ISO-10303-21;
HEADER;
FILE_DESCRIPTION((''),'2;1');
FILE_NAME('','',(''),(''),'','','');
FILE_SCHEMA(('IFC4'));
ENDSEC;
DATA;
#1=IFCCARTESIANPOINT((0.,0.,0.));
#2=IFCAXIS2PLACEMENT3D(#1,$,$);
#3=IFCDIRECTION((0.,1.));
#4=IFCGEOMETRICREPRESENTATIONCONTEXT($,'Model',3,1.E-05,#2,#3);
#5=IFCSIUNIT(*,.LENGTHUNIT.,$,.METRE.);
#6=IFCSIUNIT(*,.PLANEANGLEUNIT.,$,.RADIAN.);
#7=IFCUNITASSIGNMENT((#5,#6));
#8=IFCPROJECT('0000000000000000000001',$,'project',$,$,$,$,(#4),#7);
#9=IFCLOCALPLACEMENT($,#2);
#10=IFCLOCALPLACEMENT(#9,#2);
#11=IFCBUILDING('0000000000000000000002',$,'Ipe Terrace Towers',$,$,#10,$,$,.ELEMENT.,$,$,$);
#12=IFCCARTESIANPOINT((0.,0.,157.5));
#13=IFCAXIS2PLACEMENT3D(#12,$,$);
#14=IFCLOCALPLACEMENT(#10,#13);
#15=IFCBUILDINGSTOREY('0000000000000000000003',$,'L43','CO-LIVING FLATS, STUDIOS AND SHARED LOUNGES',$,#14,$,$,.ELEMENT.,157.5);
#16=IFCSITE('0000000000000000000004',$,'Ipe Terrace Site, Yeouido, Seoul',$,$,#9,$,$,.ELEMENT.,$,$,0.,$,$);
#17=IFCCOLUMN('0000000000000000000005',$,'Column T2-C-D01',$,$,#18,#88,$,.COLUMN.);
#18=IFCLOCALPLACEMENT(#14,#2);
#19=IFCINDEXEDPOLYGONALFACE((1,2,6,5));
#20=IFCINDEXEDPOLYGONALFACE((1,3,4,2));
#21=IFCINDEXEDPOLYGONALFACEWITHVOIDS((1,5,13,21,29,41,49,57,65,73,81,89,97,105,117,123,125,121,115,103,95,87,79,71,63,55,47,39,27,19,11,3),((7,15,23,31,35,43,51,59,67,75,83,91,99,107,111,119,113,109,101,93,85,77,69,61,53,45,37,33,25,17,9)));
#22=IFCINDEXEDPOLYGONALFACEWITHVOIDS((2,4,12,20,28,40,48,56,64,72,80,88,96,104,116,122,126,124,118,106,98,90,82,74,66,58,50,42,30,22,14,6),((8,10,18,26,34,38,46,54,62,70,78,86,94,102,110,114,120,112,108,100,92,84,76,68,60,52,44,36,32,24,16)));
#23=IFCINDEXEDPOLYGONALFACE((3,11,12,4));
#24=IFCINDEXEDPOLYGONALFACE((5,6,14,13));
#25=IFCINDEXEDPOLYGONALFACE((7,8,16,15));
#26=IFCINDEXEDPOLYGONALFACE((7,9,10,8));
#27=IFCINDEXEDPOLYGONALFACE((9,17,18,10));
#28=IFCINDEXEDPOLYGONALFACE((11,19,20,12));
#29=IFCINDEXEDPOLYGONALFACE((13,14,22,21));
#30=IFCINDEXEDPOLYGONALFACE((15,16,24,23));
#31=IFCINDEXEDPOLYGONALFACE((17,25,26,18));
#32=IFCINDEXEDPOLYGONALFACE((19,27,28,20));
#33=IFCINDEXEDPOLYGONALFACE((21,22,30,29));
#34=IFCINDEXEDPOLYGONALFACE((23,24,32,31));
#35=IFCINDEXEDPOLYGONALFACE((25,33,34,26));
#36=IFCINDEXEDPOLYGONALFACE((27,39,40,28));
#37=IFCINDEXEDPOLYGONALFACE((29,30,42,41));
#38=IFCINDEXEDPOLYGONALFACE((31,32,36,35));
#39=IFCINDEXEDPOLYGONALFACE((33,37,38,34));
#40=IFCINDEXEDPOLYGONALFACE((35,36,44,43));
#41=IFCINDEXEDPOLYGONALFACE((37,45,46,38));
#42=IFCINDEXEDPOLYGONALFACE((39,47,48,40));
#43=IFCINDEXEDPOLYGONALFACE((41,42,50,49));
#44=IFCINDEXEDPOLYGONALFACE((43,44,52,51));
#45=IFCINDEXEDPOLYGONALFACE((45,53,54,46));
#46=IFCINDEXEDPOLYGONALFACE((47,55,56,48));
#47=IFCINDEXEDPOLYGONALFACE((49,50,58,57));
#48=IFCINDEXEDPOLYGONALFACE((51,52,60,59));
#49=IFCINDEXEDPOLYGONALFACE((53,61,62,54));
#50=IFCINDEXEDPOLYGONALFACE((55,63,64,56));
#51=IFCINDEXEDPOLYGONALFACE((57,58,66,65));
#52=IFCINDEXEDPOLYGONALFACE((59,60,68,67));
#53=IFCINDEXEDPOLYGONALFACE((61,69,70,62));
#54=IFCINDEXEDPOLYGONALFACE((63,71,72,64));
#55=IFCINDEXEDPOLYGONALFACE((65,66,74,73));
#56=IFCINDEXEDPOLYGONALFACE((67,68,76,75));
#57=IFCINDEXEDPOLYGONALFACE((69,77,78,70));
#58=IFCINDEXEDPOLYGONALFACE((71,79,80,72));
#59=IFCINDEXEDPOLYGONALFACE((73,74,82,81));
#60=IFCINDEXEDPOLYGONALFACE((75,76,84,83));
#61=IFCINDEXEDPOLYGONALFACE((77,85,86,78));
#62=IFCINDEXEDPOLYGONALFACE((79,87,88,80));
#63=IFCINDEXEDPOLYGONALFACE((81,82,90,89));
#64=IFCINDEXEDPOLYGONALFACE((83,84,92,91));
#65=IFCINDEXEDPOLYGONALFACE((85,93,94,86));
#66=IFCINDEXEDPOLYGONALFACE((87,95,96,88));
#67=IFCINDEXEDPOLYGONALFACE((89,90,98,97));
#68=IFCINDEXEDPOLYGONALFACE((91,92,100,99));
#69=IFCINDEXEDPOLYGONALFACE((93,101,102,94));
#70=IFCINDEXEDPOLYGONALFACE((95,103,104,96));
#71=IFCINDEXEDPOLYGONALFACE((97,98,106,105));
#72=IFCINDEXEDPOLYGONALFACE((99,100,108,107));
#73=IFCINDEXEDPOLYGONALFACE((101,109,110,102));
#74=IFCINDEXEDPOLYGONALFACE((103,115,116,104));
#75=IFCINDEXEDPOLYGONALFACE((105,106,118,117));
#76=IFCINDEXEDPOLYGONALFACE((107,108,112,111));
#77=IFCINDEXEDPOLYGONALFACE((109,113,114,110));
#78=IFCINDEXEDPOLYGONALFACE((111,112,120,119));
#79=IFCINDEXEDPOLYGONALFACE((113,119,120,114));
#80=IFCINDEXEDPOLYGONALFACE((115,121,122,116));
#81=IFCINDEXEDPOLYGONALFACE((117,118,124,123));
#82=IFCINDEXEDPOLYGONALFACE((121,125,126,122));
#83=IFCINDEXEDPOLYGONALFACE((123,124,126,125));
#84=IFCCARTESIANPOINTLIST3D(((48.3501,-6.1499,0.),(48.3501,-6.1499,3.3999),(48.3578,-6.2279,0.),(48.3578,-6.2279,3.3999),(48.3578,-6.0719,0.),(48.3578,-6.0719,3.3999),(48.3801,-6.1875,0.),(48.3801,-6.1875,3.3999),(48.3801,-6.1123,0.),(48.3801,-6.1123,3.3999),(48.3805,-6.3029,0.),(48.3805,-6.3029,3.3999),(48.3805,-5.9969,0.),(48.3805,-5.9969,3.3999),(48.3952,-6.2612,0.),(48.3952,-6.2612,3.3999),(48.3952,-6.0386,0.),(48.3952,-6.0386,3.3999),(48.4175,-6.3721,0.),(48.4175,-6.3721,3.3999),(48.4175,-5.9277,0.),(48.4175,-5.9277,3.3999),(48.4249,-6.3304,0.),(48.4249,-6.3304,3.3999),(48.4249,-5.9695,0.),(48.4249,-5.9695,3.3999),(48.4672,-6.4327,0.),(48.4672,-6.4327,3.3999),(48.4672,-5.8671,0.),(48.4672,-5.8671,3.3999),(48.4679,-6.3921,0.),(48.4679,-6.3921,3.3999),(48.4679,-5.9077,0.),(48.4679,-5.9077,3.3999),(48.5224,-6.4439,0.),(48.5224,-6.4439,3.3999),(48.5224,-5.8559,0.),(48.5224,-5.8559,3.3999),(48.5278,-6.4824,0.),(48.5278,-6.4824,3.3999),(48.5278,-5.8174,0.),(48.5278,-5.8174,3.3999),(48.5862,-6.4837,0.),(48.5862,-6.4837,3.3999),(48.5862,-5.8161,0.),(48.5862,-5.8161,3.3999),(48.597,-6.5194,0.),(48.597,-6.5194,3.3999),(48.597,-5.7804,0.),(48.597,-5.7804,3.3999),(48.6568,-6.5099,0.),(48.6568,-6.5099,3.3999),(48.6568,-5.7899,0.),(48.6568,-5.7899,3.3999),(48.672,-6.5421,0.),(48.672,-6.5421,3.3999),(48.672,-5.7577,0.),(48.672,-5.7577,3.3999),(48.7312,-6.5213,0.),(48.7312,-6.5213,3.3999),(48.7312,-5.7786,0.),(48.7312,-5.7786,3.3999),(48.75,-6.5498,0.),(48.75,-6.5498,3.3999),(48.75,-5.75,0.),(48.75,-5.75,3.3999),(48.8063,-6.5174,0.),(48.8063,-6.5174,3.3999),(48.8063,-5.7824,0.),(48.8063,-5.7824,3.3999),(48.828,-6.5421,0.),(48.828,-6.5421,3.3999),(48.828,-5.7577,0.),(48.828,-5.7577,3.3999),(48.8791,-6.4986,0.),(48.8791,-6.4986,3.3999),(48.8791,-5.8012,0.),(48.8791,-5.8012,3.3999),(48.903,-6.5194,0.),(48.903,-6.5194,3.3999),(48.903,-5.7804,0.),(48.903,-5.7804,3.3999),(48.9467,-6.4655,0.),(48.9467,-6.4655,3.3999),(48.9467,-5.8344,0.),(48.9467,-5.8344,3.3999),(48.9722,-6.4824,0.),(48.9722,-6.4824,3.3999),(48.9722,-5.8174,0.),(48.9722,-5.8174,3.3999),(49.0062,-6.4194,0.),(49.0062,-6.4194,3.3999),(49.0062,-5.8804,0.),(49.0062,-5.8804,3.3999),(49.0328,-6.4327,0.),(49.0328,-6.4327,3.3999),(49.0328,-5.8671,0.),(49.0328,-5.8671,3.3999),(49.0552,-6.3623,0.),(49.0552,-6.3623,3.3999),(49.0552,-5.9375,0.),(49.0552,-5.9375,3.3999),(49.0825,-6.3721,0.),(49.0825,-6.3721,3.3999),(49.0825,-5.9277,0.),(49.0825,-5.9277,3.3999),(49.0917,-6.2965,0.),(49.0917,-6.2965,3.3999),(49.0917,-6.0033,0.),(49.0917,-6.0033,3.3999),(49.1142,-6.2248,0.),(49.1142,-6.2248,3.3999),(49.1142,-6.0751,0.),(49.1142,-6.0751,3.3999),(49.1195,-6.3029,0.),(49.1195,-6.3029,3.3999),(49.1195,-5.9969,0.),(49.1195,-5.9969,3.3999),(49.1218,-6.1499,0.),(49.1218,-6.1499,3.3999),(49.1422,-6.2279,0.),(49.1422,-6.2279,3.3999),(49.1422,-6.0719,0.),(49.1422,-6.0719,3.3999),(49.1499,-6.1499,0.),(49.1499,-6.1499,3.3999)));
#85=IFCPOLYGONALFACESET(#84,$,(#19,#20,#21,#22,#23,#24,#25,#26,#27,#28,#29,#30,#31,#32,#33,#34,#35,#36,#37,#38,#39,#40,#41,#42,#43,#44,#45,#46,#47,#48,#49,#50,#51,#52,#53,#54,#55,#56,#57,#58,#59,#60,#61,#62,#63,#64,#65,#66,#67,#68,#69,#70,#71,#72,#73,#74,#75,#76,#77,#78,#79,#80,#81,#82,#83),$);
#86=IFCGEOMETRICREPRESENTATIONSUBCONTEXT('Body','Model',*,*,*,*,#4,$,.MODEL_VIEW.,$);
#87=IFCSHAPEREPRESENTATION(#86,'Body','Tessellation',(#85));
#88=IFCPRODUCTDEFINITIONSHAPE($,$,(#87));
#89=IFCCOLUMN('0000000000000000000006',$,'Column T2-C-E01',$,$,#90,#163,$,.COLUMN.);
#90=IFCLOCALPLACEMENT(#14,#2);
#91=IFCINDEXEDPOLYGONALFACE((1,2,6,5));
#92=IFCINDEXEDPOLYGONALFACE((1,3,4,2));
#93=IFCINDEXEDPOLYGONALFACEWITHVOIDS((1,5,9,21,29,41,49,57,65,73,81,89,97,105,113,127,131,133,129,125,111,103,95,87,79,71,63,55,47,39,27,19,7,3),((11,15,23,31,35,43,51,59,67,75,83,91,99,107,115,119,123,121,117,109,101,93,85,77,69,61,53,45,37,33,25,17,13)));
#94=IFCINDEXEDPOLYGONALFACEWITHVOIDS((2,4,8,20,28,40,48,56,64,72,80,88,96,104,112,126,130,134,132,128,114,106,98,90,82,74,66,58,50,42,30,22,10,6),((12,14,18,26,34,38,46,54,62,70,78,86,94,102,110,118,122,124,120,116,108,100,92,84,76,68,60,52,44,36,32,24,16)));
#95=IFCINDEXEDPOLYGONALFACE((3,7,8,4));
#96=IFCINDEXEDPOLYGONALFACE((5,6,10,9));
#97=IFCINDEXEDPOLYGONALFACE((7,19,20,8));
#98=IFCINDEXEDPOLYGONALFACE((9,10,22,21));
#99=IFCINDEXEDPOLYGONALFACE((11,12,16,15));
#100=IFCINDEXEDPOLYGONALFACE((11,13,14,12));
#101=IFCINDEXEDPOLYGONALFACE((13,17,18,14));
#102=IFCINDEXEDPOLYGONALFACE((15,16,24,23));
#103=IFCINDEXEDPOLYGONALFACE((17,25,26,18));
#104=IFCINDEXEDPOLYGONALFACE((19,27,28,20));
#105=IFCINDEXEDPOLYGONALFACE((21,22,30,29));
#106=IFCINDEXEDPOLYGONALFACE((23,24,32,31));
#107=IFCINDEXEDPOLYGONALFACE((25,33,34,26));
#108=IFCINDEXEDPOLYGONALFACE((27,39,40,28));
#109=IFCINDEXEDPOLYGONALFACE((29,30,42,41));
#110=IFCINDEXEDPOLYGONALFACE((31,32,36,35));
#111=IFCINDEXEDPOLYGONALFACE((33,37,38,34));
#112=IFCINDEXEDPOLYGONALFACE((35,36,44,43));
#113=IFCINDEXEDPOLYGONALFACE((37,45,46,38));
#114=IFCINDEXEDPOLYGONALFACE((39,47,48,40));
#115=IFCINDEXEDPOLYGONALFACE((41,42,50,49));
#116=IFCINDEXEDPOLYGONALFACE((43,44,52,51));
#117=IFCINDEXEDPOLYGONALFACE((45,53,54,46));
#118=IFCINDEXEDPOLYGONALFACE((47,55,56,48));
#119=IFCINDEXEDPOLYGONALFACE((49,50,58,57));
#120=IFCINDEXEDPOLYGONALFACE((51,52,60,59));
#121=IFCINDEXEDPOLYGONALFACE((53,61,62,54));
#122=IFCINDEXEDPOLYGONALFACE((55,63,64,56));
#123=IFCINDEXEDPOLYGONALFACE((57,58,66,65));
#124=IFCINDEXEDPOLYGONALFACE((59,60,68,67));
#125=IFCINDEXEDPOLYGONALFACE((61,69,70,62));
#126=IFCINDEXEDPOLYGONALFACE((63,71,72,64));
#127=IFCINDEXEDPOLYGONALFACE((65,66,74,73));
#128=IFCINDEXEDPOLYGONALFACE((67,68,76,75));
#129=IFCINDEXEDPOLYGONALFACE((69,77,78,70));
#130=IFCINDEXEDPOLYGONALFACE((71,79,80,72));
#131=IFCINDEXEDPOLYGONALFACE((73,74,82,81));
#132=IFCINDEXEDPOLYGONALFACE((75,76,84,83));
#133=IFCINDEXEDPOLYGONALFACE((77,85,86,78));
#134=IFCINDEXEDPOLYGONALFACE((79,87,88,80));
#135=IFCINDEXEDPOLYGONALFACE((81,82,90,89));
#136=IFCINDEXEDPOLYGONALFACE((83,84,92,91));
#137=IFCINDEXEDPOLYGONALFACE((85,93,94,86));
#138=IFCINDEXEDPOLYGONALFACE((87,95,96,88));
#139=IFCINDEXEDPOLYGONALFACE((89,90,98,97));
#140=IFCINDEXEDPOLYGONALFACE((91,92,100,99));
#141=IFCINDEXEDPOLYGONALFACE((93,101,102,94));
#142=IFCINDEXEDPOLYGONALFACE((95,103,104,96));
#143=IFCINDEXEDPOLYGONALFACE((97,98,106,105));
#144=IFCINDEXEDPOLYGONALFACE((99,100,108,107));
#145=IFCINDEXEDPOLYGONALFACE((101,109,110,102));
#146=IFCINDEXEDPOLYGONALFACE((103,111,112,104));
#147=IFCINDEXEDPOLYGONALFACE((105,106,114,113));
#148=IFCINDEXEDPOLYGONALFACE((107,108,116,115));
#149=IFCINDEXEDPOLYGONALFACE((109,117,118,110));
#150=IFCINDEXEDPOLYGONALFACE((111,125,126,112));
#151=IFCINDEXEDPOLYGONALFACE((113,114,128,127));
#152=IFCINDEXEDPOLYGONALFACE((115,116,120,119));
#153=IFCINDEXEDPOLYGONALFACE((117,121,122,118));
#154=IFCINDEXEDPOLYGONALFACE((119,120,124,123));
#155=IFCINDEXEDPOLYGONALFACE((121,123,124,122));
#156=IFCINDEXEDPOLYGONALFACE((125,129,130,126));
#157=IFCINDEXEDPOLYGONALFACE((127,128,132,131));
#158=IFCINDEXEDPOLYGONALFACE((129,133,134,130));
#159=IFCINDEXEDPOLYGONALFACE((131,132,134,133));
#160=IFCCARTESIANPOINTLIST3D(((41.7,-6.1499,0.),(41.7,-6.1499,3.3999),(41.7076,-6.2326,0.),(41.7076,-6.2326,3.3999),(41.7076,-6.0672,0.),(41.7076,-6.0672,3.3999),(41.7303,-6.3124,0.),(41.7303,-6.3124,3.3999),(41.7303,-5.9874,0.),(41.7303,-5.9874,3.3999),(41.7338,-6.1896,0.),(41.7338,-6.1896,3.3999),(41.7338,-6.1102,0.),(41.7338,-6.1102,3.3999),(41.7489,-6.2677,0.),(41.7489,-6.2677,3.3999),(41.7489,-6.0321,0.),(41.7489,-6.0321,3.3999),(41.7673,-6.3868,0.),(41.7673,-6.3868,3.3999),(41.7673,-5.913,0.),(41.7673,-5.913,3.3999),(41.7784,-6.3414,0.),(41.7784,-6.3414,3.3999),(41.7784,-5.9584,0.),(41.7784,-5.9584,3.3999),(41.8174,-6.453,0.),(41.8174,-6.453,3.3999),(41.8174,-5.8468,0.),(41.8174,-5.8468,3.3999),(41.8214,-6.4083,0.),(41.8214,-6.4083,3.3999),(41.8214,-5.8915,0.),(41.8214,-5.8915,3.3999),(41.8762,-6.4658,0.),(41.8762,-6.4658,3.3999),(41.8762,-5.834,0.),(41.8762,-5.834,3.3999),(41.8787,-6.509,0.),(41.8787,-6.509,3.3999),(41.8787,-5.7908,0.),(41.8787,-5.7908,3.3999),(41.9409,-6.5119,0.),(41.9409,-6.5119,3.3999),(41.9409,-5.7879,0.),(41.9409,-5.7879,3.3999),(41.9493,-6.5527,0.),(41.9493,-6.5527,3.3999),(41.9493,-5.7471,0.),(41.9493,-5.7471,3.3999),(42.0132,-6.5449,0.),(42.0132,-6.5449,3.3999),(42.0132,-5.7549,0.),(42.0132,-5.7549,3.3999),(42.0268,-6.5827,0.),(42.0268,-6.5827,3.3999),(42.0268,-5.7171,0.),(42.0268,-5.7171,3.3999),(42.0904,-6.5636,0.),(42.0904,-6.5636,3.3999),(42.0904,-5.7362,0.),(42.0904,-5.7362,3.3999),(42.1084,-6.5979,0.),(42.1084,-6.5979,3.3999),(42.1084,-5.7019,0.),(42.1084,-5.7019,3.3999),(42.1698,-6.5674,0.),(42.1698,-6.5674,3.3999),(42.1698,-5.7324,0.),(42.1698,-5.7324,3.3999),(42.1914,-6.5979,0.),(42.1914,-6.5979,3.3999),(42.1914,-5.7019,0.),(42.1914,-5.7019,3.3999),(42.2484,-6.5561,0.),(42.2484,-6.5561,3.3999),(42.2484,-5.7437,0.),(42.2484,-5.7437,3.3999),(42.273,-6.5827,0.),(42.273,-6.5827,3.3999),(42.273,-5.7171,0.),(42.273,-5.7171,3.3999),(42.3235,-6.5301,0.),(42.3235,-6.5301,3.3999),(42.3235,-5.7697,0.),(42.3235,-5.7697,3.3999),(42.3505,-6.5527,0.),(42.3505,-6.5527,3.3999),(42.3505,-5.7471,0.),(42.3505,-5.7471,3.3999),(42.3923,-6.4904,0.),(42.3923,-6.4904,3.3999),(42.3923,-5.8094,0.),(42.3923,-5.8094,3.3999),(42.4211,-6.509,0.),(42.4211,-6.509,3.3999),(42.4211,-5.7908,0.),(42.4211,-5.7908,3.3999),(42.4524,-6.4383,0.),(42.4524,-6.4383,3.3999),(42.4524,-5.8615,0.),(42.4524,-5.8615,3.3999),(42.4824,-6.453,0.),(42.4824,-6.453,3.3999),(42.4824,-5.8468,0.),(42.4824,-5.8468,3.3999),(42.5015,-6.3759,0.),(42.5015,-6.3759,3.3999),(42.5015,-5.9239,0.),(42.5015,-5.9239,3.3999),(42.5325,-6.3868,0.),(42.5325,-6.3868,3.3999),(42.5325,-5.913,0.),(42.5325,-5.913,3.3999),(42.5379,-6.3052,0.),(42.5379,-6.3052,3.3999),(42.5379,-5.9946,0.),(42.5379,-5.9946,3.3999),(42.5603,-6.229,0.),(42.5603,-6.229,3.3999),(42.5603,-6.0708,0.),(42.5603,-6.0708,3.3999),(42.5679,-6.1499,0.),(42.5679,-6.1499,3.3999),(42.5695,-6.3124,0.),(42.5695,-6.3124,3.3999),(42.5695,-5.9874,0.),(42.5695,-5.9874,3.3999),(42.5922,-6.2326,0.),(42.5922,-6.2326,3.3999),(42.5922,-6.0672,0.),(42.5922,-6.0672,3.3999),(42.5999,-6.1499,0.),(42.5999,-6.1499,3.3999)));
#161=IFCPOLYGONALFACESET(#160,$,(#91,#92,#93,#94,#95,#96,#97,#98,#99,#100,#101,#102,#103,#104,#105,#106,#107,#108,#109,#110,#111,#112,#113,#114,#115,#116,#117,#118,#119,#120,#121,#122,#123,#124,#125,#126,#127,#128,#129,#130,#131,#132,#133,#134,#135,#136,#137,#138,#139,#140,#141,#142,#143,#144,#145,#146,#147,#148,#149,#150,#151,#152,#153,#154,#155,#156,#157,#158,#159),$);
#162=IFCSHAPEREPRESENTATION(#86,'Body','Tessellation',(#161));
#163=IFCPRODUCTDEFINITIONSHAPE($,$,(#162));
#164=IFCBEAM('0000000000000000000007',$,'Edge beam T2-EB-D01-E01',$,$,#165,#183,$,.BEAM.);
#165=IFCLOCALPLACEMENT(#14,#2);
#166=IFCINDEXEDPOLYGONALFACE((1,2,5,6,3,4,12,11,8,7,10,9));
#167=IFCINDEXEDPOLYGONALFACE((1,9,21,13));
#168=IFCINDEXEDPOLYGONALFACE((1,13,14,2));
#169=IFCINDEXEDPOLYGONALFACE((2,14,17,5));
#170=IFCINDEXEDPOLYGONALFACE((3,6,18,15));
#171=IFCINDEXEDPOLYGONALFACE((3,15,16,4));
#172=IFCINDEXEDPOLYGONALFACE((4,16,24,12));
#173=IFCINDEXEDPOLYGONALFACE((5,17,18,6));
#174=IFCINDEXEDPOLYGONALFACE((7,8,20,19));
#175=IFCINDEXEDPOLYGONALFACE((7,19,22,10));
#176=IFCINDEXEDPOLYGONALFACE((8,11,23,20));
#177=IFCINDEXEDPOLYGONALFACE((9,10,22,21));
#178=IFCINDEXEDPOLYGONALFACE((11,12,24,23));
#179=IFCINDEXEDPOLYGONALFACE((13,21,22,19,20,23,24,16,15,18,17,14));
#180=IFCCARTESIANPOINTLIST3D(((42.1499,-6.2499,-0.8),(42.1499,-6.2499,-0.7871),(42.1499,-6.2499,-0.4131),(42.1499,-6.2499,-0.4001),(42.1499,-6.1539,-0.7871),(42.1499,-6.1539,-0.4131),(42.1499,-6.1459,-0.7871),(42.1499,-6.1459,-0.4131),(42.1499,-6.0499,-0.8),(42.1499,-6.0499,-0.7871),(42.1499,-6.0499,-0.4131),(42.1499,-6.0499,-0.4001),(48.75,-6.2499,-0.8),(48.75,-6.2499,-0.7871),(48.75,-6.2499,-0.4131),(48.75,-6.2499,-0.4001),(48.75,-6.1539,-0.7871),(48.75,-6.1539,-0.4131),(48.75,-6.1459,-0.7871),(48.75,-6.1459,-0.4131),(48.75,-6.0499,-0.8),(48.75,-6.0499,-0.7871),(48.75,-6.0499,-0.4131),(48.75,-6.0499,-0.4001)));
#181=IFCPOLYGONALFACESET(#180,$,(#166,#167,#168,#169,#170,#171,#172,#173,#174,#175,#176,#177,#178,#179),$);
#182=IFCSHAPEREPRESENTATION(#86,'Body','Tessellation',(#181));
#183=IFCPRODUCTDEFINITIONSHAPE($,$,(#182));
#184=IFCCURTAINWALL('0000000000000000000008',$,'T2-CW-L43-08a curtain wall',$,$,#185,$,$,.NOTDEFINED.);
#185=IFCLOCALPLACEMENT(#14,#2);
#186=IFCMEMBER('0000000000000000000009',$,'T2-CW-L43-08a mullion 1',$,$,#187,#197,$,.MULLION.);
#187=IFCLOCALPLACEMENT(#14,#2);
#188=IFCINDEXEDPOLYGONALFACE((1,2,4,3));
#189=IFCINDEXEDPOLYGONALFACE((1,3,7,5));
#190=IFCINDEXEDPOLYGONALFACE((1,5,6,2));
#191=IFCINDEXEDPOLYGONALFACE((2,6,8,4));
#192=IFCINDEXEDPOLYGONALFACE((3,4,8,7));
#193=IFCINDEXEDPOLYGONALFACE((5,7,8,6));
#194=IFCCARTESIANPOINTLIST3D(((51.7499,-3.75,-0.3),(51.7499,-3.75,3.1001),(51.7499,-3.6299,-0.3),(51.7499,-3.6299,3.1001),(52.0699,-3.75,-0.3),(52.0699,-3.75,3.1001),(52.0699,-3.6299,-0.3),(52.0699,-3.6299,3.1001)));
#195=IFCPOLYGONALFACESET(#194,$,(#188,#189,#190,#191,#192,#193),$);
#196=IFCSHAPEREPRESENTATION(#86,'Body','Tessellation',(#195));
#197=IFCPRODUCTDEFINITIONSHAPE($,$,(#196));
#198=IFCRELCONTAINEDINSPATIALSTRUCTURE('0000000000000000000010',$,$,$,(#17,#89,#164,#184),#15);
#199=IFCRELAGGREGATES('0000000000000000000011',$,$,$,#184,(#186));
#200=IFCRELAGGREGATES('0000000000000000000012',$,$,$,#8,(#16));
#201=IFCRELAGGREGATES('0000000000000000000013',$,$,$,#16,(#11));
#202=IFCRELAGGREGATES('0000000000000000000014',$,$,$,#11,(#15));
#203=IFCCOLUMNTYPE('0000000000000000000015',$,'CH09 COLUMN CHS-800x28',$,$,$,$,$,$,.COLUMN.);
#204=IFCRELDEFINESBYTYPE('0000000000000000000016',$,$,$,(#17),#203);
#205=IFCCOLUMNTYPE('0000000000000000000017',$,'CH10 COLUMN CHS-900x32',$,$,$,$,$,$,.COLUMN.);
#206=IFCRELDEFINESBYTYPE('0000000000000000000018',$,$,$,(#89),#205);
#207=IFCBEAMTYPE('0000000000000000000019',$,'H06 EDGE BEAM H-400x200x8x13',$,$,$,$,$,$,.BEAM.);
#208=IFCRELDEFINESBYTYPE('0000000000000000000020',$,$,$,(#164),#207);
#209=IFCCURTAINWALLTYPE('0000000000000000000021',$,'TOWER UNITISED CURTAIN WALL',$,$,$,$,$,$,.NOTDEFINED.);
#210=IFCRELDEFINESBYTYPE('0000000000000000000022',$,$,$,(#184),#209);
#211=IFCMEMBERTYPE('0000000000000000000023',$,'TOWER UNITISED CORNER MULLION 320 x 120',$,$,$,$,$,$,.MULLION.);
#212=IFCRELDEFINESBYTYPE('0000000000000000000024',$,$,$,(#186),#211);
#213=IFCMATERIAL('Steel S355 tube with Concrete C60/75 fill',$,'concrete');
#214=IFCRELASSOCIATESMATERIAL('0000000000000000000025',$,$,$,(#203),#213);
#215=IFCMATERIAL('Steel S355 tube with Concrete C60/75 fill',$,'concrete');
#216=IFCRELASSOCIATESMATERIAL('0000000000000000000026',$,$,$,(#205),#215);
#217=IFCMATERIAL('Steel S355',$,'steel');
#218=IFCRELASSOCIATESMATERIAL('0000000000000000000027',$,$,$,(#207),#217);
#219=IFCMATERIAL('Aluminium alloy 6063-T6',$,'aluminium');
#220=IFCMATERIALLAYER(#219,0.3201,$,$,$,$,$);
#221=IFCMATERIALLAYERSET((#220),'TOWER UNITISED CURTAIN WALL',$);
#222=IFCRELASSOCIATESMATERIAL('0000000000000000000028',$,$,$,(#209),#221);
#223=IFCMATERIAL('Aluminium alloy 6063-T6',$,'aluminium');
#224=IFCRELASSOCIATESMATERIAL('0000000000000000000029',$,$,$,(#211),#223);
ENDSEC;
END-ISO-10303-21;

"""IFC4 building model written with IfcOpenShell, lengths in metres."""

from ifc_helpers import new_model, si_unit, direction, frame, origin, origin_2d, place, context, subcontext, project, spatial, rectangle, hollow_circle, i_section, extrude, material, layer, layer_set, material_profile, profile_set, type_object, element, aggregate, save


model = new_model("IFC4")

# Units and contexts
model_context = context("Model", 3, precision=1e-05, world=origin(), true_north=direction((0.0, 1.0)))
body_context = subcontext(model_context, "Body", "Model", "MODEL_VIEW")
ifc_project = project(units=[si_unit("LENGTHUNIT", "METRE"), si_unit("PLANEANGLEUNIT", "RADIAN")], contexts=[model_context])

# Site, building, storey
site_placement = place(None, origin())
site = spatial("IfcSite", under=ifc_project, at=site_placement, Name="Ipe Terrace Site, Yeouido, Seoul", CompositionType="ELEMENT", RefElevation=0.0)
building_placement = place(site_placement, origin())
building = spatial("IfcBuilding", under=site, at=building_placement, Name="Ipe Terrace Towers", CompositionType="ELEMENT")
storey_placement = place(building_placement, frame((0.0, 0.0, 157.5)))
storey = spatial("IfcBuildingStorey", under=building, at=storey_placement, Name="L43", Description="CO-LIVING FLATS, STUDIOS AND SHARED LOUNGES", CompositionType="ELEMENT", Elevation=157.5)

# Columns
ifc_material_1 = material(Name="Steel S355 tube with Concrete C60/75 fill", Category="concrete")
ifc_material_profile_1 = material_profile(ifc_material_1, hollow_circle(Radius=0.3999, WallThickness=0.0281, at=origin_2d()), Name="CHS-800x28")
ifc_profile_set_1 = profile_set([ifc_material_profile_1], Name="Steel S355 tube with Concrete C60/75 fill")
column_type_1 = type_object("IfcColumnType", Name="CH09 COLUMN CHS-800x28", PredefinedType="COLUMN", material=ifc_profile_set_1)
column_1_placement = place(storey_placement, frame((48.75, -6.1499, 0.0), z_axis=(0.0, 0.0, 1.0), x_axis=(1.0, 0.0, 0.0)))
element("IfcColumn", 1, at=column_1_placement, inside=storey, type_object=column_type_1, Name="Column T2-C-D01", PredefinedType="COLUMN", context=body_context, shape_type="SweptSolid", body=[
    extrude(hollow_circle(Radius=0.3999, WallThickness=0.0281, at=origin_2d()), origin(), (0.0, 0.0, 1.0), 3.3999),
])
ifc_material_2 = material(Name="Steel S355 tube with Concrete C60/75 fill", Category="concrete")
ifc_material_profile_2 = material_profile(ifc_material_2, hollow_circle(Radius=0.45, WallThickness=0.032, at=origin_2d()), Name="CHS-900x32")
ifc_profile_set_2 = profile_set([ifc_material_profile_2], Name="Steel S355 tube with Concrete C60/75 fill")
column_type_2 = type_object("IfcColumnType", Name="CH10 COLUMN CHS-900x32", PredefinedType="COLUMN", material=ifc_profile_set_2)
column_2_placement = place(storey_placement, frame((42.1499, -6.1499, 0.0), z_axis=(0.0, 0.0, 1.0), x_axis=(1.0, 0.0, 0.0)))
element("IfcColumn", 2, at=column_2_placement, inside=storey, type_object=column_type_2, Name="Column T2-C-E01", PredefinedType="COLUMN", context=body_context, shape_type="SweptSolid", body=[
    extrude(hollow_circle(Radius=0.45, WallThickness=0.032, at=origin_2d()), origin(), (0.0, 0.0, 1.0), 3.3999),
])

# Beam
ifc_material_3 = material(Name="Steel S355", Category="steel")
ifc_material_profile_3 = material_profile(ifc_material_3, i_section(OverallWidth=0.2, OverallDepth=0.3999, WebThickness=0.0081, FlangeThickness=0.0129, at=origin_2d()), Name="H-400x200x8x13")
ifc_profile_set_3 = profile_set([ifc_material_profile_3], Name="Steel S355")
beam_type = type_object("IfcBeamType", Name="H06 EDGE BEAM H-400x200x8x13", PredefinedType="BEAM", material=ifc_profile_set_3)
beam_placement = place(storey_placement, frame((48.75, -6.1499, -0.6001), z_axis=(-1.0, 0.0, 0.0), x_axis=(0.0, -1.0, 0.0)))
element("IfcBeam", 3, at=beam_placement, inside=storey, type_object=beam_type, Name="Edge beam T2-EB-D01-E01", PredefinedType="BEAM", context=body_context, shape_type="SweptSolid", body=[
    extrude(i_section(OverallWidth=0.2, OverallDepth=0.3999, WebThickness=0.0081, FlangeThickness=0.0129, at=origin_2d()), origin(), (0.0, 0.0, 1.0), 6.6001),
])

# Curtain wall, member
ifc_material_4 = material(Name="Aluminium alloy 6063-T6", Category="aluminium")
ifc_layer_1 = layer(ifc_material_4, 0.3201)
ifc_layer_set_1 = layer_set([ifc_layer_1], Name="TOWER UNITISED CURTAIN WALL")
curtain_wall_type = type_object("IfcCurtainWallType", Name="TOWER UNITISED CURTAIN WALL", PredefinedType="NOTDEFINED", material=ifc_layer_set_1)
curtain_wall_placement = place(storey_placement, origin())
curtain_wall = element("IfcCurtainWall", 4, at=curtain_wall_placement, inside=storey, type_object=curtain_wall_type, Name="T2-CW-L43-08a curtain wall", PredefinedType="NOTDEFINED")
ifc_material_5 = material(Name="Aluminium alloy 6063-T6", Category="aluminium")
ifc_material_profile_4 = material_profile(ifc_material_5, rectangle(XDim=0.3201, YDim=0.1201, at=origin_2d()), Name="TOWER UNITISED CORNER MULLION 320 x 120")
ifc_profile_set_4 = profile_set([ifc_material_profile_4], Name="Aluminium alloy 6063-T6")
member_type_1 = type_object("IfcMemberType", Name="TOWER UNITISED CORNER MULLION 320 x 120", PredefinedType="MULLION", material=ifc_profile_set_4)
member_1_placement = place(storey_placement, frame((51.9099, -3.6899, -0.3), z_axis=(0.0, 0.0, 1.0), x_axis=(1.0, 0.0, 0.0)))
member_1 = element("IfcMember", 5, at=member_1_placement, type_object=member_type_1, Name="T2-CW-L43-08a mullion 1", PredefinedType="MULLION", context=body_context, shape_type="SweptSolid", body=[
    extrude(rectangle(XDim=0.3201, YDim=0.1201, at=origin_2d()), origin(), (0.0, 0.0, 1.0), 3.4001),
])
aggregate(curtain_wall, [member_1])

save(model, "model.ifc")
